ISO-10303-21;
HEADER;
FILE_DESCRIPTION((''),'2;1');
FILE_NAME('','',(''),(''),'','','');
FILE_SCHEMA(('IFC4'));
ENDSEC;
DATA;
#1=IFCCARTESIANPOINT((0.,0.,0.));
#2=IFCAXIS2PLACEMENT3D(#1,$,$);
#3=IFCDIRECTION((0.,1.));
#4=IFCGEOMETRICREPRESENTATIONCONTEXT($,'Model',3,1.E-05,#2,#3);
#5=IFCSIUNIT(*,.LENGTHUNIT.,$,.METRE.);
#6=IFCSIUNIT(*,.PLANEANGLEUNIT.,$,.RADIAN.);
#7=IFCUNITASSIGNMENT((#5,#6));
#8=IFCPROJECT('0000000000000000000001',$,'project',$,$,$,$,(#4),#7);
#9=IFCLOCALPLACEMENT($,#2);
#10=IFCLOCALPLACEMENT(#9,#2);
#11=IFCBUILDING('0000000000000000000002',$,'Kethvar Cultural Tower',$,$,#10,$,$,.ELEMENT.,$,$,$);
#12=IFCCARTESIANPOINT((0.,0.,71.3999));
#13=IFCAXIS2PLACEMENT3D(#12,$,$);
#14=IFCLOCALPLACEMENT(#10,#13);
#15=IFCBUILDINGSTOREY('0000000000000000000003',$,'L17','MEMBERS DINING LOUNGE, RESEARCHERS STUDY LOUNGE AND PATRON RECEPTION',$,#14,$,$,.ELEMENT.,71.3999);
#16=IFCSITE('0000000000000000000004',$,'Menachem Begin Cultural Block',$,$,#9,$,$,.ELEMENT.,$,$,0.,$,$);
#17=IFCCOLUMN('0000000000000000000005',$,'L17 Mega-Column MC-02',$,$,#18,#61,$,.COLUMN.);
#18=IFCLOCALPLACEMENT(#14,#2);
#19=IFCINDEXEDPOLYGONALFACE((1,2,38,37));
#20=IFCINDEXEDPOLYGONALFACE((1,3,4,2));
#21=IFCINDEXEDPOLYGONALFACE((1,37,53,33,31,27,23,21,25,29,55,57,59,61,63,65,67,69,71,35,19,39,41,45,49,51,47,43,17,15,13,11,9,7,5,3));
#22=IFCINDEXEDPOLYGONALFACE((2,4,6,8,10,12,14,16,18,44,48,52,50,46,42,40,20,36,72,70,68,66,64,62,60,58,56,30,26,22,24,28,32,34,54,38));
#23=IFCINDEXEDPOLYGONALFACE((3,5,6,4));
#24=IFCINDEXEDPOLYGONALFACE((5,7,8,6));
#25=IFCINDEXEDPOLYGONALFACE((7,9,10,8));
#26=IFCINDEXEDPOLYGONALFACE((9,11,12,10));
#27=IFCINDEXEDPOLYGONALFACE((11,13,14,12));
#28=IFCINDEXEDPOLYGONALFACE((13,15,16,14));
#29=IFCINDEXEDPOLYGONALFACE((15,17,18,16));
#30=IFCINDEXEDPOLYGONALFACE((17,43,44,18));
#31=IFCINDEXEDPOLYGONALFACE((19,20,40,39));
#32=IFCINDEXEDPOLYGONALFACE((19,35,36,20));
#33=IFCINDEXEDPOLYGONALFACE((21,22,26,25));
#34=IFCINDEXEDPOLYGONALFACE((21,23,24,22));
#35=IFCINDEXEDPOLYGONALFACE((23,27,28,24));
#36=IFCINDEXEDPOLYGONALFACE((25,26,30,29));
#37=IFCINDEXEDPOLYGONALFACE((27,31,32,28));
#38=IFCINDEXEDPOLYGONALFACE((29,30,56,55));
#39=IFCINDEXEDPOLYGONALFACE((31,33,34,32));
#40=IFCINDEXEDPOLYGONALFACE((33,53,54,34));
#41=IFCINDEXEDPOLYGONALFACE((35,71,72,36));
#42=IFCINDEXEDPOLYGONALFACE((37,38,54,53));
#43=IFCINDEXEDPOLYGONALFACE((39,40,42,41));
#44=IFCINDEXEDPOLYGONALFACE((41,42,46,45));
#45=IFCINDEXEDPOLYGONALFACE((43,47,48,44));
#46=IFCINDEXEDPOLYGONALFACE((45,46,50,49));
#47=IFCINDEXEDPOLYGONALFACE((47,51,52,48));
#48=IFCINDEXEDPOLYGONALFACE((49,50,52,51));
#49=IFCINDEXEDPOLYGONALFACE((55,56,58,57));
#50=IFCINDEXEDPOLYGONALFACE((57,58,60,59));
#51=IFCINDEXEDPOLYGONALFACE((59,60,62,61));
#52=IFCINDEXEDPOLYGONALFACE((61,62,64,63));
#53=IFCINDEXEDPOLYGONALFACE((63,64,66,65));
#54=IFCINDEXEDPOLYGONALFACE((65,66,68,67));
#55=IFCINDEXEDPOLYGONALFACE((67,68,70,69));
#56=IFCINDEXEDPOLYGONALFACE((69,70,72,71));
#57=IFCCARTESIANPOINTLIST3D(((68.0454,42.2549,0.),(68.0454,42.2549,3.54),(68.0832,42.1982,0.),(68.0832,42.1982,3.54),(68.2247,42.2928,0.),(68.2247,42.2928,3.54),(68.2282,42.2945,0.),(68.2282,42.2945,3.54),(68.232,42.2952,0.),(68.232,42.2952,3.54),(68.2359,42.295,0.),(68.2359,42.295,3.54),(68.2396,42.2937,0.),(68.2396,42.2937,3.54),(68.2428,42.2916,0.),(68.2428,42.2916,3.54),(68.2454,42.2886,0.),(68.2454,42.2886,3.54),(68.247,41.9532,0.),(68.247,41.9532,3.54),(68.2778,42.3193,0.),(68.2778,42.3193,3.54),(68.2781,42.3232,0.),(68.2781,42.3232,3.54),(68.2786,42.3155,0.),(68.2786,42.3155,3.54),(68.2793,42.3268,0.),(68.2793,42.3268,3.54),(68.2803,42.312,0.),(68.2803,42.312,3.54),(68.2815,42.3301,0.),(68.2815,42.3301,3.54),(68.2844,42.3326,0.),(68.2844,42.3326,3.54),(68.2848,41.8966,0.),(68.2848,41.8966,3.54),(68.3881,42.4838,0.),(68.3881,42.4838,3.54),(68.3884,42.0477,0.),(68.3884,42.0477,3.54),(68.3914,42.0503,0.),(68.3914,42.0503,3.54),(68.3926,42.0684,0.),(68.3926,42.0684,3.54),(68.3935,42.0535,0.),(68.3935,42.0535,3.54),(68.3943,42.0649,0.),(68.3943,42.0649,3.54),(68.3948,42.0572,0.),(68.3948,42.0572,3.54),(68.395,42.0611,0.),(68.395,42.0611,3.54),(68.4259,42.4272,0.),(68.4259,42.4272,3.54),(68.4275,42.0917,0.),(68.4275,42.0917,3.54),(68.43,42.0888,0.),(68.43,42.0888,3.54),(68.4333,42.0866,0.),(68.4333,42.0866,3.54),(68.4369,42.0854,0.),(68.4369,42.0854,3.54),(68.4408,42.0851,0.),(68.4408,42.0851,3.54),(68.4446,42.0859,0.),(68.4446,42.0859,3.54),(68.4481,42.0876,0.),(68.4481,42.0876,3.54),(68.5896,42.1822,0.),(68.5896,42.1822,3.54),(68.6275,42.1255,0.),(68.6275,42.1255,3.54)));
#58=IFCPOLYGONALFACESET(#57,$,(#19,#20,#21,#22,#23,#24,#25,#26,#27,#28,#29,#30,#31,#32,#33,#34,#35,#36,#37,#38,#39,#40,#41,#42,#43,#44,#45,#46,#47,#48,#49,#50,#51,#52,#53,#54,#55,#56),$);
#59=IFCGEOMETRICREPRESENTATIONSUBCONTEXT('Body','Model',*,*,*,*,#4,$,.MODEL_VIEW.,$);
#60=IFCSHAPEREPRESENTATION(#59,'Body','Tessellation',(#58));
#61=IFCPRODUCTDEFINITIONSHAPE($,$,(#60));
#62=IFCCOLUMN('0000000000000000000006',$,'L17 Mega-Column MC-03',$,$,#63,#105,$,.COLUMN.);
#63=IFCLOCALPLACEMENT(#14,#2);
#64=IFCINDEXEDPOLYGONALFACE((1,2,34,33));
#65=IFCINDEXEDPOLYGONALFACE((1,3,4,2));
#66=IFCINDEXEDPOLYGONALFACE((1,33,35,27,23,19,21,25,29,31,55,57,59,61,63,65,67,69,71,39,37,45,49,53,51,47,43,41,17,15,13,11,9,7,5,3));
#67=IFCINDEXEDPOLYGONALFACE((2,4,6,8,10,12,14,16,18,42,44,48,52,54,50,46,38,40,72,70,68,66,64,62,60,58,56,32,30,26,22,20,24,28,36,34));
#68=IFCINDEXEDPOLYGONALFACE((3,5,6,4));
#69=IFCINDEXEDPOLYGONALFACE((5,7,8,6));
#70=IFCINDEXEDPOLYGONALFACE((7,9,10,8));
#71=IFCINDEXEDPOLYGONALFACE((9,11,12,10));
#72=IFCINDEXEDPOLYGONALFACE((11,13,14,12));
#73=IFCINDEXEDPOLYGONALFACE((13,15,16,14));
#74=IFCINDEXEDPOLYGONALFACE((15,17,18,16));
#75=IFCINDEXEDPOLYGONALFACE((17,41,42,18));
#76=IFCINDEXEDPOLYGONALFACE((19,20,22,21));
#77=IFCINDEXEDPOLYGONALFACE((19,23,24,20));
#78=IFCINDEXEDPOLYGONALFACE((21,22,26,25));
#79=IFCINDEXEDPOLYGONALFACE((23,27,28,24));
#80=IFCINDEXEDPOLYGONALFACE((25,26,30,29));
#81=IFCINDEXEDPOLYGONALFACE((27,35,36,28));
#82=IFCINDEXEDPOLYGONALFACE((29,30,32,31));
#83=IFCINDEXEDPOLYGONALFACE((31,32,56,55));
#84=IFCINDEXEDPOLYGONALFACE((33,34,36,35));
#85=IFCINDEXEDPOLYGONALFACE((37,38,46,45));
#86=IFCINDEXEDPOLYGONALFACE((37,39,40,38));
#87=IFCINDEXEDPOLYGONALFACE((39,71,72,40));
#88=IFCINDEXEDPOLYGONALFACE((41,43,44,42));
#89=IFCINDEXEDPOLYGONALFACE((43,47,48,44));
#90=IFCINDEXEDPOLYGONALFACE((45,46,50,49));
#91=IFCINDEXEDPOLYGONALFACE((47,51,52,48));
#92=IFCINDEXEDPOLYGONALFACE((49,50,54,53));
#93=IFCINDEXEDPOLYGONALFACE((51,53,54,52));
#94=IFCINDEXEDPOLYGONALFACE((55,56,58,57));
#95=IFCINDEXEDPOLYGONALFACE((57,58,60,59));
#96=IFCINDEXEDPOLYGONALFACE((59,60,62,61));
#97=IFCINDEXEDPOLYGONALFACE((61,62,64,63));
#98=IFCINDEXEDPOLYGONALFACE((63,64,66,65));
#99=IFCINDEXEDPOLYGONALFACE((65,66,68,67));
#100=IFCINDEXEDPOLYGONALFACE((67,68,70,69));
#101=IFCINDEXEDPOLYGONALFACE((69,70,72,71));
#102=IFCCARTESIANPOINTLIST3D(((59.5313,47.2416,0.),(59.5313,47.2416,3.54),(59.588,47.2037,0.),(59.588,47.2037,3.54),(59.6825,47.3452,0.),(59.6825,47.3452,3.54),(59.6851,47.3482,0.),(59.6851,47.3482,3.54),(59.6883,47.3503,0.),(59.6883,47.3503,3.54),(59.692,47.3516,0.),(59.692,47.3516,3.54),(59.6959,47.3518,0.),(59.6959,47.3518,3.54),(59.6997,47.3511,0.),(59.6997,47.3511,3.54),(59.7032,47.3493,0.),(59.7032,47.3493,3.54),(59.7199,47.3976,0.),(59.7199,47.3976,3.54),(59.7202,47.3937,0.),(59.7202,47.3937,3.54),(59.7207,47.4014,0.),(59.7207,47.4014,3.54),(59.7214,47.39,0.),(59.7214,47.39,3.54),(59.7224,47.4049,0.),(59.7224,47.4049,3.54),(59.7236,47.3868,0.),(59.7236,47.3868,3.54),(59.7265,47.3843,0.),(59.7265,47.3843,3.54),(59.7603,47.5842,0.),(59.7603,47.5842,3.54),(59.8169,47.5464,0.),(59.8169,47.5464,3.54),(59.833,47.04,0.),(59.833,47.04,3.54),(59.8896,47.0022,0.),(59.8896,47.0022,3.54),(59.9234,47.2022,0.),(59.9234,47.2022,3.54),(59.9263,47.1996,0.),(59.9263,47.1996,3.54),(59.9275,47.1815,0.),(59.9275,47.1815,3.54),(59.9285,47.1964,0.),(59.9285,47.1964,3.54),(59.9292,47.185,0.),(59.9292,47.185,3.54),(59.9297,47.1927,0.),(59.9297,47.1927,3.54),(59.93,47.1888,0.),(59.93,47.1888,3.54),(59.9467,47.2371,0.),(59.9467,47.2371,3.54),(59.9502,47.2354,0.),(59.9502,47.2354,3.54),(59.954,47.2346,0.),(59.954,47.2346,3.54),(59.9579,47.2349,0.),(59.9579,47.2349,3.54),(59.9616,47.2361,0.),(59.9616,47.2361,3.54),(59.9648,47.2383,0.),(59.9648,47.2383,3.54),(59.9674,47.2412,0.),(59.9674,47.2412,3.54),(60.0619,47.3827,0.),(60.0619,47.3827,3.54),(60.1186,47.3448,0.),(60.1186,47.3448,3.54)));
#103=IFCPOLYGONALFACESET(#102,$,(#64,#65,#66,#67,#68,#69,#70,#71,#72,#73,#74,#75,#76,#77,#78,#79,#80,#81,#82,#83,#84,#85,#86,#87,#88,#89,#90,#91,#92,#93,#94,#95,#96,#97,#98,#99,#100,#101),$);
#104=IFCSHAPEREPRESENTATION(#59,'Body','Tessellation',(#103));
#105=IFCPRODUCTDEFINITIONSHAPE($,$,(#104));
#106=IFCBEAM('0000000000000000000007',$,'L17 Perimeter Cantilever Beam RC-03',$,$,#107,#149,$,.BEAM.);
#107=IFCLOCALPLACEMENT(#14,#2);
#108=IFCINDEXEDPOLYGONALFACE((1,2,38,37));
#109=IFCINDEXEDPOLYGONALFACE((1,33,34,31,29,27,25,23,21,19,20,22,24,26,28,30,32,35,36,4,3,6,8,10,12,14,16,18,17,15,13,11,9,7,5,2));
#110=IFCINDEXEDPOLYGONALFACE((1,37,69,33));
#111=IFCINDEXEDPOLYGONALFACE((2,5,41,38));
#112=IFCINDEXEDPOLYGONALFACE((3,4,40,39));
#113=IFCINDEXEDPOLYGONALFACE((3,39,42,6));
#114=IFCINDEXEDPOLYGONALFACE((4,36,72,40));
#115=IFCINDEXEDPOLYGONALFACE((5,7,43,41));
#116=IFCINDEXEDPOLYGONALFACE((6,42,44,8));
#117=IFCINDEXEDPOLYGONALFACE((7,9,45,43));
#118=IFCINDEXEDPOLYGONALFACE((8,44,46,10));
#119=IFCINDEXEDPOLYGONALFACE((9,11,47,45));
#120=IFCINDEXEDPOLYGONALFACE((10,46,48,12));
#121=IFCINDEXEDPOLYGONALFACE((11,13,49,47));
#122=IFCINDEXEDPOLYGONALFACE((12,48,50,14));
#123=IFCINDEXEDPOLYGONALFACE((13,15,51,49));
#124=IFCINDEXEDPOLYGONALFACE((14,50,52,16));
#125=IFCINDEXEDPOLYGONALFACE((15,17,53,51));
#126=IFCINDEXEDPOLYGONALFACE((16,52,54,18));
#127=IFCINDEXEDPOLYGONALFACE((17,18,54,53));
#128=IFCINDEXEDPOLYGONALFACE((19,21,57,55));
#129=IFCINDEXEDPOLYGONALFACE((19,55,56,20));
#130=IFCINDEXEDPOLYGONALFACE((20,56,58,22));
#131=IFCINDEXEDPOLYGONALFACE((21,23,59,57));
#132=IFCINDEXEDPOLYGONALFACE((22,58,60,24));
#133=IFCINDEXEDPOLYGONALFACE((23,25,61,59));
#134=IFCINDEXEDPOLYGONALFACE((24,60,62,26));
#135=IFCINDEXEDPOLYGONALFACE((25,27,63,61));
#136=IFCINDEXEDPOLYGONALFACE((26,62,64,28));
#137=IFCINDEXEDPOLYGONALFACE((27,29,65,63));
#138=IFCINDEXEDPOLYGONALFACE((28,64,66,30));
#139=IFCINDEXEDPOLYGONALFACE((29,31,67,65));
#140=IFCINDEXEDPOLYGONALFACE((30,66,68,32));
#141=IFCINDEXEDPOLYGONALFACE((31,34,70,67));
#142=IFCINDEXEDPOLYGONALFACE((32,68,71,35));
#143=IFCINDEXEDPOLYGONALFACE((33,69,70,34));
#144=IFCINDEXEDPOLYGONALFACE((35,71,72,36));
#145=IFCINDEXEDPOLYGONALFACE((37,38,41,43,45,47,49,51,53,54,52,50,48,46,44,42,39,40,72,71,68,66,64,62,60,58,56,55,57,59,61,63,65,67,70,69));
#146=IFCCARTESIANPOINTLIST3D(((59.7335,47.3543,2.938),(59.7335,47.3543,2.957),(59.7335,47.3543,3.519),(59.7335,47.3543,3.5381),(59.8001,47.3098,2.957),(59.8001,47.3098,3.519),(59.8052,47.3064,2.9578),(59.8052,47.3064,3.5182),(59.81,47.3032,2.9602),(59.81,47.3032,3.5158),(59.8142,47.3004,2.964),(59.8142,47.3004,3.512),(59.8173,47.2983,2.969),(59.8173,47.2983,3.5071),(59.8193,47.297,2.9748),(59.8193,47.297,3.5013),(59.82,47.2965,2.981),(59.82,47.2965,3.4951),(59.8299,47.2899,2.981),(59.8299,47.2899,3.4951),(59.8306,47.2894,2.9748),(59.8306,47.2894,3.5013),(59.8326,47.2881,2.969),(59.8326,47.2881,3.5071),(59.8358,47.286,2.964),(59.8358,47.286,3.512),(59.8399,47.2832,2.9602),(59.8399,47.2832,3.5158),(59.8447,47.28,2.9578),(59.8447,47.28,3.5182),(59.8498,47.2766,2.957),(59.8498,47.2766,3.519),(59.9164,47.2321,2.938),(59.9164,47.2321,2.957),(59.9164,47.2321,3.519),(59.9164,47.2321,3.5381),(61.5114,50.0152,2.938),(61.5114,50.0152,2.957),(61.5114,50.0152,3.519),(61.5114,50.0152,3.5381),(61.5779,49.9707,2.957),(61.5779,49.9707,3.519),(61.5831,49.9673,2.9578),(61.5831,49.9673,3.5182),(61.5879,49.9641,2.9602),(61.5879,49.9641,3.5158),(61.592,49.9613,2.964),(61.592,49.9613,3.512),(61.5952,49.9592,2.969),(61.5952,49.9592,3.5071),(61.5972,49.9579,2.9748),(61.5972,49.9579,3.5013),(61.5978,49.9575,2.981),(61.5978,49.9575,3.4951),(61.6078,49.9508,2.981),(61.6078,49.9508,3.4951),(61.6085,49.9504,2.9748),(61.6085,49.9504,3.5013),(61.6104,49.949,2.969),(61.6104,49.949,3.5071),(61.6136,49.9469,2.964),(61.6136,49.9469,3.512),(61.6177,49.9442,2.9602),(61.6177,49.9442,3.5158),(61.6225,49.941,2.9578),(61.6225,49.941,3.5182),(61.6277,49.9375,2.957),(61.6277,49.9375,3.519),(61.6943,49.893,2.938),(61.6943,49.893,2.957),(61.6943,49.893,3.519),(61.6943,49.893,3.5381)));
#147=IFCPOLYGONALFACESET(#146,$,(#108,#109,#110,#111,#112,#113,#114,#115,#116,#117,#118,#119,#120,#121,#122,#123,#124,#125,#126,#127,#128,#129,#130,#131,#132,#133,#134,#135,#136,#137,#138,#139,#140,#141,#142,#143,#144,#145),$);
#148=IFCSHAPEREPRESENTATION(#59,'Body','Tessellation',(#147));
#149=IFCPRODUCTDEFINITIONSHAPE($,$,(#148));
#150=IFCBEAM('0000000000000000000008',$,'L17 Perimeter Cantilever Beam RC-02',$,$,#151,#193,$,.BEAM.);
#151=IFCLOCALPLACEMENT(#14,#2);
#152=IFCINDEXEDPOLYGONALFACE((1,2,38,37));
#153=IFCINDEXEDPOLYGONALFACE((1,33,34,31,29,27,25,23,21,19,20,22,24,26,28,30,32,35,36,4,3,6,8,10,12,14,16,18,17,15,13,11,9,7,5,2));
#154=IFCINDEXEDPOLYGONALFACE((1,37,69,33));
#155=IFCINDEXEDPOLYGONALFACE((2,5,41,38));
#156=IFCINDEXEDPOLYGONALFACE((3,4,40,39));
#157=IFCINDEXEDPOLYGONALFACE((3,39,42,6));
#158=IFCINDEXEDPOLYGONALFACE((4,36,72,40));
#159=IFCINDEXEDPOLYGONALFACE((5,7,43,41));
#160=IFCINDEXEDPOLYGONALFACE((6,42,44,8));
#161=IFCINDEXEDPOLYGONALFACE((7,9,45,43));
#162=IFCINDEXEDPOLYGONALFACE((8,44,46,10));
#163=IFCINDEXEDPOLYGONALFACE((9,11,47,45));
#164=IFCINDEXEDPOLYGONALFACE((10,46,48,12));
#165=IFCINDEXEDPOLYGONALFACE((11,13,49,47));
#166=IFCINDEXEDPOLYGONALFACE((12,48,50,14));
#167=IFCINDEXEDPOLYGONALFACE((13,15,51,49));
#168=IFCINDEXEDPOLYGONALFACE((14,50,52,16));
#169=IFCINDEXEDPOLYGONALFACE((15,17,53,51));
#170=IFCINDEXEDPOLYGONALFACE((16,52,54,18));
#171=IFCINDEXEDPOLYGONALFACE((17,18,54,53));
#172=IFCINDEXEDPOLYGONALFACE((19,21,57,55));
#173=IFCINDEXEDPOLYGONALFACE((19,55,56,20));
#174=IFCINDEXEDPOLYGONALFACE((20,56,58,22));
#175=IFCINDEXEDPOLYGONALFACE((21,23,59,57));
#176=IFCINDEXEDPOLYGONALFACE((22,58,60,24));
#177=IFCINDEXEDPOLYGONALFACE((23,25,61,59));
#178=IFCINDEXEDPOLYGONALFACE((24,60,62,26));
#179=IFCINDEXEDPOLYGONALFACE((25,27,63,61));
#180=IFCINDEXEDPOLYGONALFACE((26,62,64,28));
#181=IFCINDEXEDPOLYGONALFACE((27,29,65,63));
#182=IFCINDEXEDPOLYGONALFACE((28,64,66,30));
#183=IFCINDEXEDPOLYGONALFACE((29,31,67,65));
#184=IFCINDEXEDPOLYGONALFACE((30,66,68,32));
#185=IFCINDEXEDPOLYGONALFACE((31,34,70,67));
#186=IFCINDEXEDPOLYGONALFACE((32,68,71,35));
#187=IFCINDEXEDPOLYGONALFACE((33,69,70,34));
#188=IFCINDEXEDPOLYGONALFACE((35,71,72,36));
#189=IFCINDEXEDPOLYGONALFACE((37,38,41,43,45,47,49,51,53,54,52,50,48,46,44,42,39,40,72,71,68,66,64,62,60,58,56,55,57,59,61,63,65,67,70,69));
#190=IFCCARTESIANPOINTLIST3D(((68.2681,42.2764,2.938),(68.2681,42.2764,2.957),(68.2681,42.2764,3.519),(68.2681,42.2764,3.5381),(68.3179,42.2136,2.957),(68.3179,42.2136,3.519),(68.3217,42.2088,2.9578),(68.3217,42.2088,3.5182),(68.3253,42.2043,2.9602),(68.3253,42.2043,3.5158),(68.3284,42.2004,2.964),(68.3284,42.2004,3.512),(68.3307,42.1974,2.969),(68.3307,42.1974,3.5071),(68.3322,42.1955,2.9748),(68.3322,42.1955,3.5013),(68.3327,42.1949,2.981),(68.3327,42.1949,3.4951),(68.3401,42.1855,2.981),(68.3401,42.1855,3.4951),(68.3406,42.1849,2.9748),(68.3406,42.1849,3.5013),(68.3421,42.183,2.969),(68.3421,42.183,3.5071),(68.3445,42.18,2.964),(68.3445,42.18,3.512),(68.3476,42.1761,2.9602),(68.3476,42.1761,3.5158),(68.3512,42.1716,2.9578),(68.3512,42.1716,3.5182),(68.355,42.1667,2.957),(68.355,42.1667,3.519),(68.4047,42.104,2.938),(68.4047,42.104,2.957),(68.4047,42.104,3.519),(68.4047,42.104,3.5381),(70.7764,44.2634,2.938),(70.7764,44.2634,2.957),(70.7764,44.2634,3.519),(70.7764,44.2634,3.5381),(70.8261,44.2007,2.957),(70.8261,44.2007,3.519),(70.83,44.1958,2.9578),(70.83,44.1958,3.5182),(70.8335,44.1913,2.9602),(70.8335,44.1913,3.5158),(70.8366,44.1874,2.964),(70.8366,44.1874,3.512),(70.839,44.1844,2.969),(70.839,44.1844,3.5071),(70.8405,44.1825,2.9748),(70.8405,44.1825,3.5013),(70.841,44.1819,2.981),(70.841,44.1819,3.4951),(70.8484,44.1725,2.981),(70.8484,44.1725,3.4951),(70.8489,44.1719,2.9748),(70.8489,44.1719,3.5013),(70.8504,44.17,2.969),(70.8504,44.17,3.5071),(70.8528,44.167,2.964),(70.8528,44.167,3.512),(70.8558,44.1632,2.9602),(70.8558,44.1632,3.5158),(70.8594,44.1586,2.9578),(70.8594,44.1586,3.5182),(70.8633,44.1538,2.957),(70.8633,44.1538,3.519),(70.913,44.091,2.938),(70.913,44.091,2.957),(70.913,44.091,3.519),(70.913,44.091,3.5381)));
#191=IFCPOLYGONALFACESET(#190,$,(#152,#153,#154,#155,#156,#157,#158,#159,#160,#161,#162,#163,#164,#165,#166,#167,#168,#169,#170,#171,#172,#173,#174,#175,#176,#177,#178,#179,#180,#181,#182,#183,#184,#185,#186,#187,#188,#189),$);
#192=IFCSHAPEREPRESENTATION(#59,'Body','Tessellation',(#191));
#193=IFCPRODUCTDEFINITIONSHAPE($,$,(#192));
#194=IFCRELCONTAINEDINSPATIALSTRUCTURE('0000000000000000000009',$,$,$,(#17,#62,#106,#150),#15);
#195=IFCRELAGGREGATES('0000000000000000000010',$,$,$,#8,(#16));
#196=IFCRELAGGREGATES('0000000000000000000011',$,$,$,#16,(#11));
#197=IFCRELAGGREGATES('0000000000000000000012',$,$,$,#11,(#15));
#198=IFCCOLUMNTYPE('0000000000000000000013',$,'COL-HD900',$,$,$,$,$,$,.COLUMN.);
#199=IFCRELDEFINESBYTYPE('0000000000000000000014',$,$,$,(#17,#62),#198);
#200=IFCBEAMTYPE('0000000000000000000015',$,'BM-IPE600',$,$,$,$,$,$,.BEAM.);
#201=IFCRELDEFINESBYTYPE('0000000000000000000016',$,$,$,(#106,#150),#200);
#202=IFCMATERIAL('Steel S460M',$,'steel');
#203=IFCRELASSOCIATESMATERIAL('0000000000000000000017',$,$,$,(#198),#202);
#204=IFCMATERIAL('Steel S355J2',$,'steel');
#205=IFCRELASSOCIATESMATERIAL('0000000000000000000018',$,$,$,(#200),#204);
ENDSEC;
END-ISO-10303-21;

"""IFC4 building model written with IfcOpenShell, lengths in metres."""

from ifc_helpers import new_model, si_unit, direction, frame, origin, origin_2d, place, context, subcontext, project, spatial, i_section, extrude, source, transform, mapped, material, material_profile, profile_set, type_object, element, save


model = new_model("IFC4")

# Units and contexts
model_context = context("Model", 3, precision=1e-05, world=origin(), true_north=direction((0.0, 1.0)))
body_context = subcontext(model_context, "Body", "Model", "MODEL_VIEW")
ifc_project = project(units=[si_unit("LENGTHUNIT", "METRE"), si_unit("PLANEANGLEUNIT", "RADIAN")], contexts=[model_context])

# Site, building, storey
site_placement = place(None, origin())
site = spatial("IfcSite", under=ifc_project, at=site_placement, Name="Menachem Begin Cultural Block", CompositionType="ELEMENT", RefElevation=0.0)
building_placement = place(site_placement, origin())
building = spatial("IfcBuilding", under=site, at=building_placement, Name="Kethvar Cultural Tower", CompositionType="ELEMENT")
storey_placement = place(building_placement, frame((0.0, 0.0, 71.3999)))
storey = spatial("IfcBuildingStorey", under=building, at=storey_placement, Name="L17", Description="MEMBERS DINING LOUNGE, RESEARCHERS STUDY LOUNGE AND PATRON RECEPTION", CompositionType="ELEMENT", Elevation=71.3999)

# Columns
ifc_material_1 = material(Name="Steel S460M", Category="steel")
ifc_material_profile_1 = material_profile(ifc_material_1, i_section(OverallWidth=0.4121, OverallDepth=0.4309, WebThickness=0.042, FlangeThickness=0.0681, FilletRadius=0.0149, at=origin_2d()), Name="Steel S460M — HD400x900")
ifc_profile_set_1 = profile_set([ifc_material_profile_1], Name="Steel S460M — HD400x900")
column_type = type_object("IfcColumnType", Name="COL-HD900", PredefinedType="COLUMN", material=ifc_profile_set_1)
shared_shape_1 = source(origin(), body_context, "Body", "SweptSolid", [
    extrude(i_section(OverallWidth=0.4121, OverallDepth=0.4309, WebThickness=0.042, FlangeThickness=0.0681, FilletRadius=0.0149, at=origin_2d()), origin(), (0.0, 0.0, 1.0), 3.54),
])
for number, where, z_axis, x_axis, name in (
    (1, (68.3364, 42.1902, 0.0), (0.0, 0.0, 1.0), (0.83147, 0.55557, 0.0), "L17 Mega-Column MC-02"),
    (2, (59.825, 47.2932, 0.0), (0.0, 0.0, 1.0), (0.55557, 0.83147, 0.0), "L17 Mega-Column MC-03"),
):
    element("IfcColumn", number, at=place(storey_placement, frame(where, z_axis=z_axis, x_axis=x_axis)), inside=storey, type_object=column_type, Name=name, PredefinedType="COLUMN", context=body_context, shape_type="MappedRepresentation", body=[
        mapped(shared_shape_1, transform((0.0, 0.0, 0.0), scale=1.0)),
    ])

# Beams
ifc_material_2 = material(Name="Steel S355J2", Category="steel")
ifc_material_profile_2 = material_profile(ifc_material_2, i_section(OverallWidth=0.22, OverallDepth=0.6001, WebThickness=0.012, FlangeThickness=0.019, FilletRadius=0.0239, at=origin_2d()), Name="Steel S355J2 — IPE600")
ifc_profile_set_2 = profile_set([ifc_material_profile_2], Name="Steel S355J2 — IPE600")
beam_type_1 = type_object("IfcBeamType", Name="BM-IPE600", PredefinedType="BEAM", material=ifc_profile_set_2)
shared_shape_2 = source(origin(), body_context, "Body", "SweptSolid", [
    extrude(i_section(OverallWidth=0.22, OverallDepth=0.6001, WebThickness=0.012, FlangeThickness=0.019, FilletRadius=0.0239, at=origin_2d()), origin(), (0.0, 0.0, 1.0), 3.2002),
])
beam_1_placement = place(storey_placement, frame((59.825, 47.2932, 3.238), z_axis=(0.555545, 0.831486, 0.0), x_axis=(-0.831486, 0.555545, 0.0)))
element("IfcBeam", 3, at=beam_1_placement, inside=storey, type_object=beam_type_1, Name="L17 Perimeter Cantilever Beam RC-03", PredefinedType="BEAM", context=body_context, shape_type="MappedRepresentation", body=[
    mapped(shared_shape_2, transform((0.0, 0.0, 0.0), scale=1.0)),
])
shared_shape_3 = source(origin(), body_context, "Body", "SweptSolid", [
    extrude(i_section(OverallWidth=0.22, OverallDepth=0.6001, WebThickness=0.012, FlangeThickness=0.019, FilletRadius=0.0239, at=origin_2d()), origin(), (0.0, 0.0, 1.0), 3.2),
])
beam_2_placement = place(storey_placement, frame((68.3364, 42.1902, 3.238), z_axis=(0.783845, 0.620957, 0.0), x_axis=(-0.620957, 0.783845, 0.0)))
element("IfcBeam", 4, at=beam_2_placement, inside=storey, type_object=beam_type_1, Name="L17 Perimeter Cantilever Beam RC-02", PredefinedType="BEAM", context=body_context, shape_type="MappedRepresentation", body=[
    mapped(shared_shape_3, transform((0.0, 0.0, 0.0), scale=1.0)),
])

save(model, "model.ifc")
